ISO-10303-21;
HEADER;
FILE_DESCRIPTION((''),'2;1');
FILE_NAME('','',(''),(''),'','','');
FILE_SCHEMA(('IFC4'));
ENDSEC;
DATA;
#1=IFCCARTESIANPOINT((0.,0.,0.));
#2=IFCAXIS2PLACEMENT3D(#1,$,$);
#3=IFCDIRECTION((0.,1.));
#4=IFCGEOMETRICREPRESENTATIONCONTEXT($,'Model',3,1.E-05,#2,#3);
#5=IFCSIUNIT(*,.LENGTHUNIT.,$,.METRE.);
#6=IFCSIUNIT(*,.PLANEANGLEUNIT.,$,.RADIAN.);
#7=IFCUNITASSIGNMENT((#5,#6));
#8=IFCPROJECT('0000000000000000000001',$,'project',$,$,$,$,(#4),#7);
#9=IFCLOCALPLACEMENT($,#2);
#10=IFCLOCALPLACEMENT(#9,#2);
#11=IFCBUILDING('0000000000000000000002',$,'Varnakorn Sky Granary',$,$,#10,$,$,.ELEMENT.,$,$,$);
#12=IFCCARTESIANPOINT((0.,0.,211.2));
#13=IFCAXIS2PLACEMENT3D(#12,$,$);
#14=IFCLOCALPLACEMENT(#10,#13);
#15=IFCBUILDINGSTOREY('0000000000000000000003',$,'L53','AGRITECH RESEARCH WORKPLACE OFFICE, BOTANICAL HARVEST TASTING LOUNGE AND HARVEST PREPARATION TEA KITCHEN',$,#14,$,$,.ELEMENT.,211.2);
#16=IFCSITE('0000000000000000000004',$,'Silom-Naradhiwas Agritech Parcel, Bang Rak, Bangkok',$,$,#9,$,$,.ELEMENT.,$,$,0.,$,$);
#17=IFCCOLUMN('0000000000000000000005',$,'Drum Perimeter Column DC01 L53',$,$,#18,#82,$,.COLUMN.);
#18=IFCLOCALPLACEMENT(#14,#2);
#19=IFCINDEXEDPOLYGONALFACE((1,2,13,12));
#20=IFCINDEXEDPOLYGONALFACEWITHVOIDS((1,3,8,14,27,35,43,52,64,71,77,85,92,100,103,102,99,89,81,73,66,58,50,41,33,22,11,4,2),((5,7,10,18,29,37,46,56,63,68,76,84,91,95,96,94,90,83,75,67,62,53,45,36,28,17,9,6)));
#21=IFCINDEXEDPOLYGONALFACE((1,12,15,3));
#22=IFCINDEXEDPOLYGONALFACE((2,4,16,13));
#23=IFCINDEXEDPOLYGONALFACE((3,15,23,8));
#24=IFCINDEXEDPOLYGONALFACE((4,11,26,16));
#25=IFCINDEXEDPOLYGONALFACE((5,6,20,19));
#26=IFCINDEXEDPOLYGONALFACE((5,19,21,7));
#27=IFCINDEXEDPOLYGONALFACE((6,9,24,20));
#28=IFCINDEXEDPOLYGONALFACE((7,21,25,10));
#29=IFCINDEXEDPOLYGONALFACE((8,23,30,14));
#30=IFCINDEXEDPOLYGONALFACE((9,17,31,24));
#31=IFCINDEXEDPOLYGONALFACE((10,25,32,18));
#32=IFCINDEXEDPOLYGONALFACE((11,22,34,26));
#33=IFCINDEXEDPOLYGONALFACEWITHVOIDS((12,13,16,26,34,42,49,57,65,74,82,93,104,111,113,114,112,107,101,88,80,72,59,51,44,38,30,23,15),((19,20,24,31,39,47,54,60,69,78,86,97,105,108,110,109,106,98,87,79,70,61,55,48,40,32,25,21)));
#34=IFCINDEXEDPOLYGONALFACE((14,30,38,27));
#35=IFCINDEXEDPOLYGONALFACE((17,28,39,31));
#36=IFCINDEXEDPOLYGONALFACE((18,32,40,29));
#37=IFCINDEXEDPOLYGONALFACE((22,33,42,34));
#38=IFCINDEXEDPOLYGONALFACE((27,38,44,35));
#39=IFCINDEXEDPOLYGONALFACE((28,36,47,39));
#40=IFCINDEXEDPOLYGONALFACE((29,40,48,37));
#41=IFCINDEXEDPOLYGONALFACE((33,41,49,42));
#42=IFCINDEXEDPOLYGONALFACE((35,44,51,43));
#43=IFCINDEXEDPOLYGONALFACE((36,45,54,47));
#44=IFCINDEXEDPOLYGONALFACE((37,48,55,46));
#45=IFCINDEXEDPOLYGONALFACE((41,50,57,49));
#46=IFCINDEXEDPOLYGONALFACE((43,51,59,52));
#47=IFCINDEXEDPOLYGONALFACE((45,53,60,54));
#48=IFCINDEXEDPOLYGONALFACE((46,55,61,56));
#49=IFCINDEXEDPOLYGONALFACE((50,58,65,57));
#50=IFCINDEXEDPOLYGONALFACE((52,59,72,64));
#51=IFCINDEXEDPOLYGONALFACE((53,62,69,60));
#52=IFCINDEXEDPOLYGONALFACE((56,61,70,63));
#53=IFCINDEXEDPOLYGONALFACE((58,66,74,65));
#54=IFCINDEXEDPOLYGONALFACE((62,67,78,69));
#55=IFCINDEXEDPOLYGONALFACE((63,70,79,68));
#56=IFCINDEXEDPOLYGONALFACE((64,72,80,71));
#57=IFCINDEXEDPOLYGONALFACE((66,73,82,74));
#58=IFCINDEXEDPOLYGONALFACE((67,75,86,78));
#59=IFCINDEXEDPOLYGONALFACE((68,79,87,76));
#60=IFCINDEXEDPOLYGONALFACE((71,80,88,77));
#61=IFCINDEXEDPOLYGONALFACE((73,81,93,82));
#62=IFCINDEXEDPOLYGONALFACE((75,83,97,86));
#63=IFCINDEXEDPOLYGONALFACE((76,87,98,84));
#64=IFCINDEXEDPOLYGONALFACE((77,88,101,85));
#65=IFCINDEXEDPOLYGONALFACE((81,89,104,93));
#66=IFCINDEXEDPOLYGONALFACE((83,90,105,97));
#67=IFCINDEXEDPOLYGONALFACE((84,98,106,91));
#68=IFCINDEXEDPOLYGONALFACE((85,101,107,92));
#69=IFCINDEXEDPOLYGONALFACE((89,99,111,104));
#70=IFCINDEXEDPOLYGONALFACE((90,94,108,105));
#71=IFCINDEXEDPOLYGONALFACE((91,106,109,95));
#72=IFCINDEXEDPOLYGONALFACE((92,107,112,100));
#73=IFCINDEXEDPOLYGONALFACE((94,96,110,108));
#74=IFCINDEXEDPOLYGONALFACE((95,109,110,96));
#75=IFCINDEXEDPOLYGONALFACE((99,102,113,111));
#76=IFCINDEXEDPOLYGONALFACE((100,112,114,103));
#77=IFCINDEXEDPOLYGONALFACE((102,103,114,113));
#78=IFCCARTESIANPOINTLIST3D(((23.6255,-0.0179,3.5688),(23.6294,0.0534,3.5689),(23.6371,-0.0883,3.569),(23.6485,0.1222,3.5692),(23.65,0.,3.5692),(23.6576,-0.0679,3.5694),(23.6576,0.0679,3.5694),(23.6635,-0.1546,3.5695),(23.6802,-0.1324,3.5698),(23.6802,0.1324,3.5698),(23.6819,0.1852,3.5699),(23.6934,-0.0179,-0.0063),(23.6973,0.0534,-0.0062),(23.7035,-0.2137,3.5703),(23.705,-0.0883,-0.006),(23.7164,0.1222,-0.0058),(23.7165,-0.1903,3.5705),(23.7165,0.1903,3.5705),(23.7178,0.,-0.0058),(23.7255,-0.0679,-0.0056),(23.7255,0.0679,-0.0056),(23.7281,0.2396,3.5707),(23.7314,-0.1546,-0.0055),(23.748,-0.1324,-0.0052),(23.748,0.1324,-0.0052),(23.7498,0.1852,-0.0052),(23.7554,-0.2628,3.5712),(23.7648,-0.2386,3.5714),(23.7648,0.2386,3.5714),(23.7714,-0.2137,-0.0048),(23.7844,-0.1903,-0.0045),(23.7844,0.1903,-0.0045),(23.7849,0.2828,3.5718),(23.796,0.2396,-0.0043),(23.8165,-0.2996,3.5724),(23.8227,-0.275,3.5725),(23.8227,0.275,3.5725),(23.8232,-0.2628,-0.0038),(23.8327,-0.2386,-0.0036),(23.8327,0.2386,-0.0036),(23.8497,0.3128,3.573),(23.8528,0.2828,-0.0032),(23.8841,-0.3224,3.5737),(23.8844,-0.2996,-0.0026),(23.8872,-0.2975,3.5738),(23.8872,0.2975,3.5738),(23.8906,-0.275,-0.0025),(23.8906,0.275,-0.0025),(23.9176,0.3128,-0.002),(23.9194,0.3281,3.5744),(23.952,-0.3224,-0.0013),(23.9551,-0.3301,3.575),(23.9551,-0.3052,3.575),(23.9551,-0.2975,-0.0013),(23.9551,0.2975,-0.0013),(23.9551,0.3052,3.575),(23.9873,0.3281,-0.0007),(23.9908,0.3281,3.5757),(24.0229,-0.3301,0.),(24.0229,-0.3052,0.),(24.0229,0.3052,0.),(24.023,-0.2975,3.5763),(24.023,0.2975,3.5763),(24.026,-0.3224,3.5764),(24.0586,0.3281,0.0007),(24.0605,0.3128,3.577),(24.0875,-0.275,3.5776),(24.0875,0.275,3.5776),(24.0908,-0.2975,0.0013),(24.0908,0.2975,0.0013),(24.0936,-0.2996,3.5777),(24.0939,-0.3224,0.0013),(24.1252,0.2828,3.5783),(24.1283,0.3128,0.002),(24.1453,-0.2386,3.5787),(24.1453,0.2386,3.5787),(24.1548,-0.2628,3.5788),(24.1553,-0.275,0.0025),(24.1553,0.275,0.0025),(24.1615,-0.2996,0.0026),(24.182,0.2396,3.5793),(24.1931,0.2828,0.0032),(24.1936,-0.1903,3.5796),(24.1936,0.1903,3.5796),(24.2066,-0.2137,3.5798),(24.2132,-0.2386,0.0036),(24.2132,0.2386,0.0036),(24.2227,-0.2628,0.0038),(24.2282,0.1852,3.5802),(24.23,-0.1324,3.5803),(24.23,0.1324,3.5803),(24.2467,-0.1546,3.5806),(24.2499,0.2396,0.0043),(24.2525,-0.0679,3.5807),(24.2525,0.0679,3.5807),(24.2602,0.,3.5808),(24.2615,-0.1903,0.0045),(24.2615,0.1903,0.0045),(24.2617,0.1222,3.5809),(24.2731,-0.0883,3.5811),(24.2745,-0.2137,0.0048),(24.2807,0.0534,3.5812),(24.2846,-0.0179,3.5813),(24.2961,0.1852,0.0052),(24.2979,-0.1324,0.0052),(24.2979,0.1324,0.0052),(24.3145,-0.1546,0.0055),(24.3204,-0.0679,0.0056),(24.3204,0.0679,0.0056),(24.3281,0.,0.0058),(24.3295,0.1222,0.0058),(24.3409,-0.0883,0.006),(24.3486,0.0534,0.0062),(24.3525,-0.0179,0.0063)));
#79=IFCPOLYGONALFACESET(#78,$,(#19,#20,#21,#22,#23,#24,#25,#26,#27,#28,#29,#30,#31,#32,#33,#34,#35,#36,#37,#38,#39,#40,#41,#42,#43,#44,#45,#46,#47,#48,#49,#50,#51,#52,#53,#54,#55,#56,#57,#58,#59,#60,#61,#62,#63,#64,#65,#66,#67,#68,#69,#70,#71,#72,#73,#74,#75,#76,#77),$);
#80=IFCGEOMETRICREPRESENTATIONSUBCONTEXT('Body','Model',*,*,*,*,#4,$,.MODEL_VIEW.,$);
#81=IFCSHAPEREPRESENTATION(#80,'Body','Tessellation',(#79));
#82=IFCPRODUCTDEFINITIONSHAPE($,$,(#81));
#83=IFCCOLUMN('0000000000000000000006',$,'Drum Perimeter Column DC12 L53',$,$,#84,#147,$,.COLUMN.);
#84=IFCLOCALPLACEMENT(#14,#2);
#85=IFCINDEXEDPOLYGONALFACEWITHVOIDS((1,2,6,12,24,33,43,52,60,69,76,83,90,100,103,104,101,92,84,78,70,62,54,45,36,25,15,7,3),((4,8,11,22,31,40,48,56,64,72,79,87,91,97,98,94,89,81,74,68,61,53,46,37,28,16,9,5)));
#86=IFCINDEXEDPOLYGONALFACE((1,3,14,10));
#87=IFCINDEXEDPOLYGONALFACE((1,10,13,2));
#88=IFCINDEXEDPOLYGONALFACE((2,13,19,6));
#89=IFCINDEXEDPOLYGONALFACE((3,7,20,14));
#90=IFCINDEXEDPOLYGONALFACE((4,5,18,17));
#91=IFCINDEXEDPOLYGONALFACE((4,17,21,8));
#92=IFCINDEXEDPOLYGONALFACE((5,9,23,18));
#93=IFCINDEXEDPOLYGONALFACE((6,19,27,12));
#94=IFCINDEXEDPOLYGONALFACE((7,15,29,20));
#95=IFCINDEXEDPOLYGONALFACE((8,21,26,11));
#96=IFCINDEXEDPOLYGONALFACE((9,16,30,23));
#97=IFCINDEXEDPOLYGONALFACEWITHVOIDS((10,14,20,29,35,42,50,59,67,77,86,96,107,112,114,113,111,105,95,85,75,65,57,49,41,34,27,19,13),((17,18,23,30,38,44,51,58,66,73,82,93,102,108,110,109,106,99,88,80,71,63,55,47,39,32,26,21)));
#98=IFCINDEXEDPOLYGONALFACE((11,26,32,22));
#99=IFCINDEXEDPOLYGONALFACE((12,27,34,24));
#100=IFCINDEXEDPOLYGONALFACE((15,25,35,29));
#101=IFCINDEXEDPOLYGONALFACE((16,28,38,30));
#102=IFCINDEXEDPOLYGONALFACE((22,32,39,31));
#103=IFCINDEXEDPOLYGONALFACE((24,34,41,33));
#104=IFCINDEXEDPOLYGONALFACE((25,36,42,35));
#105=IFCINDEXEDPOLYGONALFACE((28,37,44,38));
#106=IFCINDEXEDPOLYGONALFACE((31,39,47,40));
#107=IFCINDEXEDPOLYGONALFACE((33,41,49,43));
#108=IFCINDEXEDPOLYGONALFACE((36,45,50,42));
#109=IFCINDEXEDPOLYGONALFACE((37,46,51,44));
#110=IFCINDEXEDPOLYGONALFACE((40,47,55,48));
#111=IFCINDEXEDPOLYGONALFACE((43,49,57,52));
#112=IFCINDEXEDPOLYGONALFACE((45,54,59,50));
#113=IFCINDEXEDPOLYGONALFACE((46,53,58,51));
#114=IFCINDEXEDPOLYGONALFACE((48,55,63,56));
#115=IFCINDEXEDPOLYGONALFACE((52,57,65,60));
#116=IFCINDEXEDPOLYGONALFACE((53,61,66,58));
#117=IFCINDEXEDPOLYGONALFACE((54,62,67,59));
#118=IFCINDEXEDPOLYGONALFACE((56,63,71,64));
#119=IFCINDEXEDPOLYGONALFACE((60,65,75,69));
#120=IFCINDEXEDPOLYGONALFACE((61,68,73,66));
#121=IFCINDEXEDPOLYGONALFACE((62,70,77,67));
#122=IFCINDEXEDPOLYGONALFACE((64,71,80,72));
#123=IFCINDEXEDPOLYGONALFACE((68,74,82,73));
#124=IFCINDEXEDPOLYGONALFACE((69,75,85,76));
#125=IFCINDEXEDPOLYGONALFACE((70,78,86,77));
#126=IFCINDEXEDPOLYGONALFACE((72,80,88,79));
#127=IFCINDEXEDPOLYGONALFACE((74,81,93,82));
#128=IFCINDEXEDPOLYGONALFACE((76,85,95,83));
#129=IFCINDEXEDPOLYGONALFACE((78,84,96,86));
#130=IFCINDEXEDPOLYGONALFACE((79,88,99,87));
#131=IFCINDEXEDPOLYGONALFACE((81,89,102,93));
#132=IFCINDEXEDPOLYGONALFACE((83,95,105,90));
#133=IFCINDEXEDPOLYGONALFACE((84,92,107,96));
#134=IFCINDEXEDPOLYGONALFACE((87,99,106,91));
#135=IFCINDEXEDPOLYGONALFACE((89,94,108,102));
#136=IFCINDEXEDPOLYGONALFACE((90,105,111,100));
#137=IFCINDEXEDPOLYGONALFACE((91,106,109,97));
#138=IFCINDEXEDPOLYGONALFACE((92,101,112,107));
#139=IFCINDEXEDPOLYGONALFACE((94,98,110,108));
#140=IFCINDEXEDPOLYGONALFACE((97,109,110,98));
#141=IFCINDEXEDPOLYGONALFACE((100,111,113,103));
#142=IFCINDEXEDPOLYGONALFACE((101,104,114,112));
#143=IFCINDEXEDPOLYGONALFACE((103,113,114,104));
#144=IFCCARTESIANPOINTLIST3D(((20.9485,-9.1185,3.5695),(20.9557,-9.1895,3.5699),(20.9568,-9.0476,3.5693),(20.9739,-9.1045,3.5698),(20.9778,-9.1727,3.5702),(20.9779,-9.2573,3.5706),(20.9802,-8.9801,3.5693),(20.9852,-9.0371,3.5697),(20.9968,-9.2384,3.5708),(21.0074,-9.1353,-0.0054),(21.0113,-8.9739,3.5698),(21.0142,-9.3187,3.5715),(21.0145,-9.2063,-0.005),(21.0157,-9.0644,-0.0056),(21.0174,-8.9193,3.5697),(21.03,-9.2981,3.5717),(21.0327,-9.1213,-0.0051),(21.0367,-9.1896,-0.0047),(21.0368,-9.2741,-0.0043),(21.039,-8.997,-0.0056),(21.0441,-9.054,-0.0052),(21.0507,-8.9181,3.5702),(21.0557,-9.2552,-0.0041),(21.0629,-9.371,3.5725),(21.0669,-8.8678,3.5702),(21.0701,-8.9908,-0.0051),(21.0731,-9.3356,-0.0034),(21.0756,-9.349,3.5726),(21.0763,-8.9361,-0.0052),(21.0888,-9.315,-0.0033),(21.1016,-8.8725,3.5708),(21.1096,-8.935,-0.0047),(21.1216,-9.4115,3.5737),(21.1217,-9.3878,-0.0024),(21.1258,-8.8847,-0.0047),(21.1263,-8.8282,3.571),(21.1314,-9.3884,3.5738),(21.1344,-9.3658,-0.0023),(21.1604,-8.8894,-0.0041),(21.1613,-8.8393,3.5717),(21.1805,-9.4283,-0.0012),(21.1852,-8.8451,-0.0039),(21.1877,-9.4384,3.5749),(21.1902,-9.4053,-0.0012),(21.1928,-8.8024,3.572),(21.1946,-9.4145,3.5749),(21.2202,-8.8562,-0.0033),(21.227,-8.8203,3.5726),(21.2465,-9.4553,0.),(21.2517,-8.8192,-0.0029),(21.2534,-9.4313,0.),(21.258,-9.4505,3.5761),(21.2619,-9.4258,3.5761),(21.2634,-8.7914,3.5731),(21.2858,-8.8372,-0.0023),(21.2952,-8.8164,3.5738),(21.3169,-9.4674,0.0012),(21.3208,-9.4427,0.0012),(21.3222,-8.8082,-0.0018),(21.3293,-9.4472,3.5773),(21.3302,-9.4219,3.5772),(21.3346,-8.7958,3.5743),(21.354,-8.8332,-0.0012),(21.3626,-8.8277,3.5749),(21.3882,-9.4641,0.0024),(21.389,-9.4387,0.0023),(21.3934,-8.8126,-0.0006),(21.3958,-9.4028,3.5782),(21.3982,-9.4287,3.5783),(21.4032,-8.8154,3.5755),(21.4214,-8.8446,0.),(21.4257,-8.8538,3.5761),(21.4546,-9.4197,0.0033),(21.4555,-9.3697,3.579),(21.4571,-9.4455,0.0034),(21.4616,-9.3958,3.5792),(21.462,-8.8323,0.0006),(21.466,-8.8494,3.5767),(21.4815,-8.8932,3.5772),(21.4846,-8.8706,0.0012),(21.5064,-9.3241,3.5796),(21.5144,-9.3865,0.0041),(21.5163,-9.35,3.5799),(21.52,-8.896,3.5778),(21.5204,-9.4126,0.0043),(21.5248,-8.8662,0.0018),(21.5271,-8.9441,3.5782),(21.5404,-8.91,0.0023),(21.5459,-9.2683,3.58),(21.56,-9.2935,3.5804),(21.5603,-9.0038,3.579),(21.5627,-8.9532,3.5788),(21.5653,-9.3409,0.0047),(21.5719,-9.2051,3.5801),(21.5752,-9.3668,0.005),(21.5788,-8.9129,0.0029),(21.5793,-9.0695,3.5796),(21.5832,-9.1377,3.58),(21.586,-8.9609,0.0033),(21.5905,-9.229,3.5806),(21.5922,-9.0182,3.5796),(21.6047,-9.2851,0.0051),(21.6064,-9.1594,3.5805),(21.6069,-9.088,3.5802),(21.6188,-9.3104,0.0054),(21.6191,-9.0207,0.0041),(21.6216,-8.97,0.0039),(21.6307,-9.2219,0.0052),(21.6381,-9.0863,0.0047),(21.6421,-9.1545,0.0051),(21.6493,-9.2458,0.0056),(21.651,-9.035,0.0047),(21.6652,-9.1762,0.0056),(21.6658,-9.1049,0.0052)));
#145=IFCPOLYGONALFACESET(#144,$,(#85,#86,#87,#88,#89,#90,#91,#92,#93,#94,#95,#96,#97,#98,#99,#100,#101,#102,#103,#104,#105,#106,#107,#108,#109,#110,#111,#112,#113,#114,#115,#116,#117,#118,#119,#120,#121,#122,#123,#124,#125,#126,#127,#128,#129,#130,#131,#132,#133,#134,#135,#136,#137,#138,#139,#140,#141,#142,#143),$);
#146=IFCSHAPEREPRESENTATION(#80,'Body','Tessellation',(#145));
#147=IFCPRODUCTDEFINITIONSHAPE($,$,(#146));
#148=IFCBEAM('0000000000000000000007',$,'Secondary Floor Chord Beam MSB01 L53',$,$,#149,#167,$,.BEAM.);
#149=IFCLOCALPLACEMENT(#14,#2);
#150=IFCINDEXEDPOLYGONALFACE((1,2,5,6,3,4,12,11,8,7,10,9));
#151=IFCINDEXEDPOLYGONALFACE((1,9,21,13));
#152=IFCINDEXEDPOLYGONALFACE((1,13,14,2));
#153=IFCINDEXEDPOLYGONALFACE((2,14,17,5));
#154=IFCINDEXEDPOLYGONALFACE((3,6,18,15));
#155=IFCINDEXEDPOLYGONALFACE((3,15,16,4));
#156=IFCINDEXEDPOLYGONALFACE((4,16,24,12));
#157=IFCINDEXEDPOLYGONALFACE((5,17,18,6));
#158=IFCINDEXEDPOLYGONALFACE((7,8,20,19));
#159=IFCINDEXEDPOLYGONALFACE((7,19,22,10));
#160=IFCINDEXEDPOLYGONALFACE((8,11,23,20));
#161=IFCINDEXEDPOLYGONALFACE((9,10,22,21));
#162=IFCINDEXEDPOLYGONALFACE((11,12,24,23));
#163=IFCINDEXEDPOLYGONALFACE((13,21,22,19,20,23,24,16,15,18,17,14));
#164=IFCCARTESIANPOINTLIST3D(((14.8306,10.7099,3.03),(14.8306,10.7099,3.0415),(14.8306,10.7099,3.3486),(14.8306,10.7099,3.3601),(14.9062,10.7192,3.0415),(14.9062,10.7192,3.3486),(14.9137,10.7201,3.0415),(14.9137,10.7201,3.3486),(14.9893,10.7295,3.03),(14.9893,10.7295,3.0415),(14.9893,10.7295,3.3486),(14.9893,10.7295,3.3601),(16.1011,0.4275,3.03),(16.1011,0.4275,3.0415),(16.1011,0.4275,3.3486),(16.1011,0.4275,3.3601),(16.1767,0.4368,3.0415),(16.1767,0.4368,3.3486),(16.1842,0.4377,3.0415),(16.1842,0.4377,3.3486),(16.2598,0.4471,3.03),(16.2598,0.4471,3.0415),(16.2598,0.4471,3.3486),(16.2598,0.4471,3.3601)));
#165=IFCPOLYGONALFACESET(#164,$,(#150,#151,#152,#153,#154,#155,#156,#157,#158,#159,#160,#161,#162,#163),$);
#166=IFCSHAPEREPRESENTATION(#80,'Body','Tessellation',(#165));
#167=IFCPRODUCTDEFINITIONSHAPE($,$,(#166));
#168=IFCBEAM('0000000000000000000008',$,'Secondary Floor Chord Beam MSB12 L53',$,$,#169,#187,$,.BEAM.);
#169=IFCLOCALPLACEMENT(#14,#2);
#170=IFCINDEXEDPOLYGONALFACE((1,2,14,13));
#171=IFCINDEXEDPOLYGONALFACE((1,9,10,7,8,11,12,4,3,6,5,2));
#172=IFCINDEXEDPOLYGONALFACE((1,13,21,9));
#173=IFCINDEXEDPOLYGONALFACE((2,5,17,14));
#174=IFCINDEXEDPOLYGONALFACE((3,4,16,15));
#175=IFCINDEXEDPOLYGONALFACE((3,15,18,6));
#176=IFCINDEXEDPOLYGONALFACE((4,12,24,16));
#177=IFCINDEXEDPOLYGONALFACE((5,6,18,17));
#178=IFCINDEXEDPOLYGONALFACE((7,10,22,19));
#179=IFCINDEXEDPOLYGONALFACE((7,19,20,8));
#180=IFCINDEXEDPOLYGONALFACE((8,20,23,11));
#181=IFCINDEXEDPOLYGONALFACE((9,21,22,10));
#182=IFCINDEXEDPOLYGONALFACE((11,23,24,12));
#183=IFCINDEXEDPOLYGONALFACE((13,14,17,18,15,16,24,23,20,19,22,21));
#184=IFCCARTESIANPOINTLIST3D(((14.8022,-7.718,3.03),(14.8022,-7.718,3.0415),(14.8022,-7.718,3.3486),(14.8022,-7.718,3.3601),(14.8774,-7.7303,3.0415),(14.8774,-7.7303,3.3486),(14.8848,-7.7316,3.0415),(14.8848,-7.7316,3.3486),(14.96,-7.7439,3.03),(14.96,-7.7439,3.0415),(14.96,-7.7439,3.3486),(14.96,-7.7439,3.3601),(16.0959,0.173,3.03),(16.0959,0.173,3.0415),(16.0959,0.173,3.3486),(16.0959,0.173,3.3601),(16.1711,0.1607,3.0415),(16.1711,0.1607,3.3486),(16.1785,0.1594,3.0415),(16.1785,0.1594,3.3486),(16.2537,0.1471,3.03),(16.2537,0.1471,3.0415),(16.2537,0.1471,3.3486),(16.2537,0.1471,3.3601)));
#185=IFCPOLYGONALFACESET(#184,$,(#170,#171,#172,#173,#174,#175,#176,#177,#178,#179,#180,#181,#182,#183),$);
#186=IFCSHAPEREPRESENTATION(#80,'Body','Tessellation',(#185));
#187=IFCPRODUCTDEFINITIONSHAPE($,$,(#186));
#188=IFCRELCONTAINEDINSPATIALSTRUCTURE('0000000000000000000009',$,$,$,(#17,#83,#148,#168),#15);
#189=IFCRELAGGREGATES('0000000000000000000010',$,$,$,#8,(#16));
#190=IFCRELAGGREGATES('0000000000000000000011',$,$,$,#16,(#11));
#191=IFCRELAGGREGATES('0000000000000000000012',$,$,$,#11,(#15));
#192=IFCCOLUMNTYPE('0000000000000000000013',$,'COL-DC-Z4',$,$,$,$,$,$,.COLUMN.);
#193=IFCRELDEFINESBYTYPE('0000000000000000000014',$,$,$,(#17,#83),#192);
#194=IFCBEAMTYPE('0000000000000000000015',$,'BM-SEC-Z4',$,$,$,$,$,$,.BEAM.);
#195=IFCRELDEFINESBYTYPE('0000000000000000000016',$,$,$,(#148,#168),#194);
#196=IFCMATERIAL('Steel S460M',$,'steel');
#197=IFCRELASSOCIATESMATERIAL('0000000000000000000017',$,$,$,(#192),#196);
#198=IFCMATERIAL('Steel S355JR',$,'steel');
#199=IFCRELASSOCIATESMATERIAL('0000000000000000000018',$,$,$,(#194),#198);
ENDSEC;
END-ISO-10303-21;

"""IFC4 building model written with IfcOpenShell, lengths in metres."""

from ifc_helpers import new_model, si_unit, direction, frame, origin, origin_2d, place, context, subcontext, project, spatial, hollow_circle, i_section, extrude, material, material_profile, profile_set, type_object, element, save


model = new_model("IFC4")

# Units and contexts
model_context = context("Model", 3, precision=1e-05, world=origin(), true_north=direction((0.0, 1.0)))
body_context = subcontext(model_context, "Body", "Model", "MODEL_VIEW")
ifc_project = project(units=[si_unit("LENGTHUNIT", "METRE"), si_unit("PLANEANGLEUNIT", "RADIAN")], contexts=[model_context])

# Site, building, storey
site_placement = place(None, origin())
site = spatial("IfcSite", under=ifc_project, at=site_placement, Name="Silom-Naradhiwas Agritech Parcel, Bang Rak, Bangkok", CompositionType="ELEMENT", RefElevation=0.0)
building_placement = place(site_placement, origin())
building = spatial("IfcBuilding", under=site, at=building_placement, Name="Varnakorn Sky Granary", CompositionType="ELEMENT")
storey_placement = place(building_placement, frame((0.0, 0.0, 211.2)))
storey = spatial("IfcBuildingStorey", under=building, at=storey_placement, Name="L53", Description="AGRITECH RESEARCH WORKPLACE OFFICE, BOTANICAL HARVEST TASTING LOUNGE AND HARVEST PREPARATION TEA KITCHEN", CompositionType="ELEMENT", Elevation=211.2)

# Columns
ifc_material_1 = material(Name="Steel S460M", Category="steel")
ifc_material_profile_1 = material_profile(ifc_material_1, hollow_circle(Radius=0.3301, WallThickness=0.0249, at=origin_2d()), Name="CHS 660x25")
ifc_profile_set_1 = profile_set([ifc_material_profile_1], Name="Steel S460M")
column_type = type_object("IfcColumnType", Name="COL-DC-Z4", PredefinedType="COLUMN", material=ifc_profile_set_1)
column_1_placement = place(storey_placement, frame((24.0229, 0.0, 0.0), z_axis=(-0.018982, 0.0, 0.99982), x_axis=(0.0, -1.0, 0.0)))
element("IfcColumn", 1, at=column_1_placement, inside=storey, type_object=column_type, Name="Drum Perimeter Column DC01 L53", PredefinedType="COLUMN", context=body_context, shape_type="SweptSolid", body=[
    extrude(hollow_circle(Radius=0.3301, WallThickness=0.0249, at=origin_2d()), origin(), (0.0, 0.0, 1.0), 3.5757),
])
column_2_placement = place(storey_placement, frame((21.3374, -9.1379, 0.0), z_axis=(-0.016456, 0.004711, 0.999853), x_axis=(-0.275248, -0.961373, 0.0)))
element("IfcColumn", 2, at=column_2_placement, inside=storey, type_object=column_type, Name="Drum Perimeter Column DC12 L53", PredefinedType="COLUMN", context=body_context, shape_type="SweptSolid", body=[
    extrude(hollow_circle(Radius=0.3301, WallThickness=0.0249, at=origin_2d()), origin(), (0.0, 0.0, 1.0), 3.5754),
])

# Beams
ifc_material_2 = material(Name="Steel S355JR", Category="steel")
ifc_material_profile_2 = material_profile(ifc_material_2, i_section(OverallWidth=0.1599, OverallDepth=0.3301, WebThickness=0.0076, FlangeThickness=0.0115, at=origin_2d()), Name="IPE 330")
ifc_profile_set_2 = profile_set([ifc_material_profile_2], Name="Steel S355JR")
beam_type_1 = type_object("IfcBeamType", Name="BM-SEC-Z4", PredefinedType="BEAM", material=ifc_profile_set_2)
beam_1_placement = place(storey_placement, frame((16.1804, 0.4373, 3.1951), z_axis=(-0.122628, 0.992453, 0.0), x_axis=(-0.992453, -0.122628, 0.0)))
element("IfcBeam", 3, at=beam_1_placement, inside=storey, type_object=beam_type_1, Name="Secondary Floor Chord Beam MSB01 L53", PredefinedType="BEAM", context=body_context, shape_type="SweptSolid", body=[
    extrude(i_section(OverallWidth=0.1599, OverallDepth=0.3301, WebThickness=0.0076, FlangeThickness=0.0115, at=origin_2d()), origin(), (0.0, 0.0, 1.0), 10.3606),
])
beam_2_placement = place(storey_placement, frame((14.8811, -7.731, 3.1951), z_axis=(0.161784, 0.986826, 0.0), x_axis=(-0.986826, 0.161784, 0.0)))
element("IfcBeam", 4, at=beam_2_placement, inside=storey, type_object=beam_type_1, Name="Secondary Floor Chord Beam MSB12 L53", PredefinedType="BEAM", context=body_context, shape_type="SweptSolid", body=[
    extrude(i_section(OverallWidth=0.1599, OverallDepth=0.3301, WebThickness=0.0076, FlangeThickness=0.0115, at=origin_2d()), origin(), (0.0, 0.0, 1.0), 7.9963),
])

save(model, "model.ifc")
